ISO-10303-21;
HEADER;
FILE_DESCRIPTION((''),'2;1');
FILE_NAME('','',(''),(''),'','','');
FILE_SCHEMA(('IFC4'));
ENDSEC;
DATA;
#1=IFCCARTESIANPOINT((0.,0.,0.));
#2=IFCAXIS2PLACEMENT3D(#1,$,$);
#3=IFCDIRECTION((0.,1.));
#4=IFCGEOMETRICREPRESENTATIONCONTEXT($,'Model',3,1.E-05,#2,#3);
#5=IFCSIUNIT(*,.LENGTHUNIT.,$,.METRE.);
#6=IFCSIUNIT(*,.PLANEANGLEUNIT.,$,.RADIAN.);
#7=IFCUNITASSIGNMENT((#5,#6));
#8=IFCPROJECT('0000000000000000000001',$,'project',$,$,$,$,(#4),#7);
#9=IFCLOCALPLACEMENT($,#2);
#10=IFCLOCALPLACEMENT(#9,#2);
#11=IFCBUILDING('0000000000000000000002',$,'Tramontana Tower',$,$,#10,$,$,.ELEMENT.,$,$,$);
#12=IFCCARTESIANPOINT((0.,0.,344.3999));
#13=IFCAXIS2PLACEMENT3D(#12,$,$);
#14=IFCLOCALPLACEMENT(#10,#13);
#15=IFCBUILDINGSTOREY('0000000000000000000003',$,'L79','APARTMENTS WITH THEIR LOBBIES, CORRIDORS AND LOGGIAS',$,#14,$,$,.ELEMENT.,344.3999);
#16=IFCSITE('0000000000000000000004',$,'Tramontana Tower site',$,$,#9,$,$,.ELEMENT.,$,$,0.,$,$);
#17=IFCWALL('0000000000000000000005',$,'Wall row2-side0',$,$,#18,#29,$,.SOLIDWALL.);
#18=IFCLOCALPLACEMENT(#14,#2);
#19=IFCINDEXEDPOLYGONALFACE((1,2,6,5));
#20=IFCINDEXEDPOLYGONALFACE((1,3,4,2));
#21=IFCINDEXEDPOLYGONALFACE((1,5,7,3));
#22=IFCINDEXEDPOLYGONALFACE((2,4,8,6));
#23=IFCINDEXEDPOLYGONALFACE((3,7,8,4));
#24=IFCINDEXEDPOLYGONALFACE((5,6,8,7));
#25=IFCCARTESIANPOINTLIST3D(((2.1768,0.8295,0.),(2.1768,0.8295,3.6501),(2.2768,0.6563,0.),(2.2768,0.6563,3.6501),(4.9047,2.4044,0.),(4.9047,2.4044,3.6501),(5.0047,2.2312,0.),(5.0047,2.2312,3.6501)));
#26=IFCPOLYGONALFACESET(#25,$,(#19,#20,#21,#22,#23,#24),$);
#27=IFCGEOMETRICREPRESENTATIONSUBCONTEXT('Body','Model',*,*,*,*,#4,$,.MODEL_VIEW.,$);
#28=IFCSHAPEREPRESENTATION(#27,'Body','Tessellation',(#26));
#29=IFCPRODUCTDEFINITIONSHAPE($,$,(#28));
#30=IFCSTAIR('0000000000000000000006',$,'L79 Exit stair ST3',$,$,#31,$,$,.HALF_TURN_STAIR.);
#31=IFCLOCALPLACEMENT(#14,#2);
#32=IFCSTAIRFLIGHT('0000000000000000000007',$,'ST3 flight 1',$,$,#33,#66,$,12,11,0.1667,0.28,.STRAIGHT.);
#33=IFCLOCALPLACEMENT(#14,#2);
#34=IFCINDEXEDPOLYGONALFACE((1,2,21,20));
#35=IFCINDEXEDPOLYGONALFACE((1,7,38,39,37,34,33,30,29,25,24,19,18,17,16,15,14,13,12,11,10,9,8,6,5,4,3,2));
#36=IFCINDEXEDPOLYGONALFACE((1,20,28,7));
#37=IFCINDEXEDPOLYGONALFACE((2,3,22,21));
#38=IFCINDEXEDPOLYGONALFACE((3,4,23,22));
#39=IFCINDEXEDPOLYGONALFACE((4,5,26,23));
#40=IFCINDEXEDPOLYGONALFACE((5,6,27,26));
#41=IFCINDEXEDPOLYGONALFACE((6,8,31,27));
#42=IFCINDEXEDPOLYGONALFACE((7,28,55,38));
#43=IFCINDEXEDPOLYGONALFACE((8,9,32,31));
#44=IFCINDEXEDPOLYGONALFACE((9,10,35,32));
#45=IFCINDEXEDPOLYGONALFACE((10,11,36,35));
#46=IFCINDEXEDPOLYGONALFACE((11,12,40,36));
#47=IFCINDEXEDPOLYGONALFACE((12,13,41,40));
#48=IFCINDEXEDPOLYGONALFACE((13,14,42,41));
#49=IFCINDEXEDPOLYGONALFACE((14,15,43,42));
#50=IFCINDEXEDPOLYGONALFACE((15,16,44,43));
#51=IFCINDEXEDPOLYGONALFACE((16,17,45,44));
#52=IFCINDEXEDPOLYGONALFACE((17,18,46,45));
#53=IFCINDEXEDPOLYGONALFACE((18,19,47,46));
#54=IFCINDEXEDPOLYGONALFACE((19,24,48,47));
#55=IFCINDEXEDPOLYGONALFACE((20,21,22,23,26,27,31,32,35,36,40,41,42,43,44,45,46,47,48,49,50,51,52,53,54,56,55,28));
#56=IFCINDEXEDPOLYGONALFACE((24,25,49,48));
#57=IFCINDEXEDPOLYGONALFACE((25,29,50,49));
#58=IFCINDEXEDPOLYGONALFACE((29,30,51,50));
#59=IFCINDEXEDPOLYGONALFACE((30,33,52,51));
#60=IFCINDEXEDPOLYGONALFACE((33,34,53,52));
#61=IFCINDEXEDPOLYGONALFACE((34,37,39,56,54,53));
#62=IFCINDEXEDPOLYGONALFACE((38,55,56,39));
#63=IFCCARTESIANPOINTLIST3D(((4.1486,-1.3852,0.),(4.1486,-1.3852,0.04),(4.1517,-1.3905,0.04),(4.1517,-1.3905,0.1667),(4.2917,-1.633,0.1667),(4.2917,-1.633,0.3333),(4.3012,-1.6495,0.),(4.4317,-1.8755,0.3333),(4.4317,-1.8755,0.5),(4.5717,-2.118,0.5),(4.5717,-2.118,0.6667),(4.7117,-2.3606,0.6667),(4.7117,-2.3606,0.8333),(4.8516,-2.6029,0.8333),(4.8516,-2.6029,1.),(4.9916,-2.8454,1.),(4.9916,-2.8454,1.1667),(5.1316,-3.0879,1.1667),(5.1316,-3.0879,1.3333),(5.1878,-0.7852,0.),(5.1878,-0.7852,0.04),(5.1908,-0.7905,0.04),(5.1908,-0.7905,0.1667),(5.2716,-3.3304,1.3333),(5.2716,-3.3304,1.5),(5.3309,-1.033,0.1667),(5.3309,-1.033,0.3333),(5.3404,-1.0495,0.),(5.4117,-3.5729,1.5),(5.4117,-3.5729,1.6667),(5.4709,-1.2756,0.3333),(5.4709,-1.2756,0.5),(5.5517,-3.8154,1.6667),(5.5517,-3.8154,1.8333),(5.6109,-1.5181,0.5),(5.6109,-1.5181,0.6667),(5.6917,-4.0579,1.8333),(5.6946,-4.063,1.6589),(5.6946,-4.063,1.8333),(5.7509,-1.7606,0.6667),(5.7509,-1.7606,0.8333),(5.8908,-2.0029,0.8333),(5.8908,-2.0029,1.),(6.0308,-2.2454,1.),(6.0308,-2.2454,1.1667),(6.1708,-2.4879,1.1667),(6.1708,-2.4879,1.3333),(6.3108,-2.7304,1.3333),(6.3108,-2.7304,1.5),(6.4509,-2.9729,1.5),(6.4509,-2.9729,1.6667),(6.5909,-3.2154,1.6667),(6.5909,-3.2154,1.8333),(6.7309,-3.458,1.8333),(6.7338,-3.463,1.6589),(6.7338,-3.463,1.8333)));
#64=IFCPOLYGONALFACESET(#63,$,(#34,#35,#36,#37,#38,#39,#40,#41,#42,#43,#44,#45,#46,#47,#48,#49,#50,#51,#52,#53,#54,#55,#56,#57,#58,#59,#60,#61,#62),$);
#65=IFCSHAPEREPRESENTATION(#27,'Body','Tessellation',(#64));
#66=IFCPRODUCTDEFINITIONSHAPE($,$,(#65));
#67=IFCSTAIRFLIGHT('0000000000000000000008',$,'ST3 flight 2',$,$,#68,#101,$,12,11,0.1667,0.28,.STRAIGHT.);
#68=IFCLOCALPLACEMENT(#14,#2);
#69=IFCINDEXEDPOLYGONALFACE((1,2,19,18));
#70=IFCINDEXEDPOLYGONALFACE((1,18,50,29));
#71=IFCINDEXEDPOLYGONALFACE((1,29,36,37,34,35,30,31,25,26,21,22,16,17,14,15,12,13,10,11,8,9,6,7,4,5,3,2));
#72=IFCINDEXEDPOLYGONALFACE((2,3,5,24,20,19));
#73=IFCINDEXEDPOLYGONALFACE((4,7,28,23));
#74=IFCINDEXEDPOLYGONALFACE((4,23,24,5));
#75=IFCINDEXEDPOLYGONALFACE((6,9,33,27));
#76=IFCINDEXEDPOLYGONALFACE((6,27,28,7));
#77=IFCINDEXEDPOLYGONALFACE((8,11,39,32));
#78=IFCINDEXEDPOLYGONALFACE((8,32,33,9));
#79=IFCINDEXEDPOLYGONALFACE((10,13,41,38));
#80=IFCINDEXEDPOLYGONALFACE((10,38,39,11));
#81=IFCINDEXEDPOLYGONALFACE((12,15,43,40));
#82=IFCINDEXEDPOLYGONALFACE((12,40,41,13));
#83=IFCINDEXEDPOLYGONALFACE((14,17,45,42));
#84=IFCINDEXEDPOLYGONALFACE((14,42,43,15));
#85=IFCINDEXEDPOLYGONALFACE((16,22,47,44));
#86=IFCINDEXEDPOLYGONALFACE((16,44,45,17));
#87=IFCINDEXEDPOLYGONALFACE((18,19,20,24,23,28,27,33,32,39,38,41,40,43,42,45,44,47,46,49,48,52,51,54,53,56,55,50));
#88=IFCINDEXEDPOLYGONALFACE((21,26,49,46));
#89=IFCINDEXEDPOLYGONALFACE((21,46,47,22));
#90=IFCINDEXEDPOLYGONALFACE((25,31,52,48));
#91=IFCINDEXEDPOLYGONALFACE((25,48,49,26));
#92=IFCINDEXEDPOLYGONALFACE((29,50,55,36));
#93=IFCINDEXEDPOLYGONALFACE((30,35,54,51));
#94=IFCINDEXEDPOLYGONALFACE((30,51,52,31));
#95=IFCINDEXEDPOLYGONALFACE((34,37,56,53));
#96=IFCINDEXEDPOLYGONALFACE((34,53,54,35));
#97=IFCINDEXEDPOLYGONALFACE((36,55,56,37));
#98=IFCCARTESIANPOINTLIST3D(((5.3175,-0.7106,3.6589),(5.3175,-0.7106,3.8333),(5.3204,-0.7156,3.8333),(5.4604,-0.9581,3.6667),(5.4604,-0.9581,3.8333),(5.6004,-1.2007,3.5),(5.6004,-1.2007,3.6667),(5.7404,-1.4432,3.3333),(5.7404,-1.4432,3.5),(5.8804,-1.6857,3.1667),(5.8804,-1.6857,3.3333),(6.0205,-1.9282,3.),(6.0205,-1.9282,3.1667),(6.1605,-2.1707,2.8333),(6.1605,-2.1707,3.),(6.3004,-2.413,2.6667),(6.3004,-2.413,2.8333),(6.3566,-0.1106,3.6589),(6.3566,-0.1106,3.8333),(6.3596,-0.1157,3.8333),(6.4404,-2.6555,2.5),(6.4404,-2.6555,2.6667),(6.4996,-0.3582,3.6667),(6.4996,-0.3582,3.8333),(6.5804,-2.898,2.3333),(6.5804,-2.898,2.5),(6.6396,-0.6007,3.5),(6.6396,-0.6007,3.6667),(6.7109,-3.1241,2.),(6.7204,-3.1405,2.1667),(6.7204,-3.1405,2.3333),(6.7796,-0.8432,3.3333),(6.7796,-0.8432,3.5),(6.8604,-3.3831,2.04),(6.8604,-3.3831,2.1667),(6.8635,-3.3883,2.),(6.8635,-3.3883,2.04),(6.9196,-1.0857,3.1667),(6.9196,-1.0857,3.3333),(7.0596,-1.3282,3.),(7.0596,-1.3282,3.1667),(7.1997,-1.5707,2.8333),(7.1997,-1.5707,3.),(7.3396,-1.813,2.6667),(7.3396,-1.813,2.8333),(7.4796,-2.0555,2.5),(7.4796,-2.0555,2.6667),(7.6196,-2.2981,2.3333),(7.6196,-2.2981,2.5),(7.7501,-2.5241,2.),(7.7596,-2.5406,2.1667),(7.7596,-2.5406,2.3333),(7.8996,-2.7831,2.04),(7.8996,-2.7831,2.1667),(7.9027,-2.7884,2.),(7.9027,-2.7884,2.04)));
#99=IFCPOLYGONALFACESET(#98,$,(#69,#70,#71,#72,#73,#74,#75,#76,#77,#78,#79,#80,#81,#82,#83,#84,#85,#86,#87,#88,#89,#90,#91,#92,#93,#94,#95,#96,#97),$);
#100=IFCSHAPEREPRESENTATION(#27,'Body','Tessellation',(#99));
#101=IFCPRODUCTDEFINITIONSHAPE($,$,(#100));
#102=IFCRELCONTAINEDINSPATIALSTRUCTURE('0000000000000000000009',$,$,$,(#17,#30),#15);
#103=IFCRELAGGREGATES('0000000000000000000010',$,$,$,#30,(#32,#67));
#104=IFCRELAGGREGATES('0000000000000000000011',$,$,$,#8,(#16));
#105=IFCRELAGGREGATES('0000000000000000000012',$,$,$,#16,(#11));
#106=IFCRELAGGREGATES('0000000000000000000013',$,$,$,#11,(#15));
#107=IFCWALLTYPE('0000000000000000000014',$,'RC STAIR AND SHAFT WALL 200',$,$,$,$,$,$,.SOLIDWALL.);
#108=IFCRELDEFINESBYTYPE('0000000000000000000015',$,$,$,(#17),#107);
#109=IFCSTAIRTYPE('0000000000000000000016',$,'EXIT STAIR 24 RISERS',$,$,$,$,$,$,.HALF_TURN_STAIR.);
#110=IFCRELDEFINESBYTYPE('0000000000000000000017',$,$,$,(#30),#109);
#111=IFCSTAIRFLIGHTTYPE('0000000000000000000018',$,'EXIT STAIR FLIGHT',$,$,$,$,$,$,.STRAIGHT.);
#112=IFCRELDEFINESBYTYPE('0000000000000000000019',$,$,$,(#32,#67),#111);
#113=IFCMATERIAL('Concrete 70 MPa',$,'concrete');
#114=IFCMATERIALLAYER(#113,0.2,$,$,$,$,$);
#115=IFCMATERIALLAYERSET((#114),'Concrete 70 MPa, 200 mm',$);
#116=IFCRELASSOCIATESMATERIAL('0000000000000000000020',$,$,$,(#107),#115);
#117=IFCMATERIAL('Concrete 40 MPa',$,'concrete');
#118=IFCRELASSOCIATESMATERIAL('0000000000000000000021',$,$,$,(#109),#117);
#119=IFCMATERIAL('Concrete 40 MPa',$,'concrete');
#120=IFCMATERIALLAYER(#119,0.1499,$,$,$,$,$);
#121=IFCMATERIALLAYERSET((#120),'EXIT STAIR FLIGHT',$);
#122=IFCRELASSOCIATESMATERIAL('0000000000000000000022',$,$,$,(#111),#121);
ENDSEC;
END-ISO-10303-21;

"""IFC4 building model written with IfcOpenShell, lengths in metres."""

from ifc_helpers import new_model, si_unit, direction, frame, frame_2d, origin, place, context, subcontext, project, spatial, polyline, rectangle, outline, extrude, material, layer, layer_set, type_object, element, aggregate, save


model = new_model("IFC4")

# Units and contexts
model_context = context("Model", 3, precision=1e-05, world=origin(), true_north=direction((0.0, 1.0)))
body_context = subcontext(model_context, "Body", "Model", "MODEL_VIEW")
ifc_project = project(units=[si_unit("LENGTHUNIT", "METRE"), si_unit("PLANEANGLEUNIT", "RADIAN")], contexts=[model_context])

# Site, building, storey
site_placement = place(None, origin())
site = spatial("IfcSite", under=ifc_project, at=site_placement, Name="Tramontana Tower site", CompositionType="ELEMENT", RefElevation=0.0)
building_placement = place(site_placement, origin())
building = spatial("IfcBuilding", under=site, at=building_placement, Name="Tramontana Tower", CompositionType="ELEMENT")
storey_placement = place(building_placement, frame((0.0, 0.0, 344.3999)))
storey = spatial("IfcBuildingStorey", under=building, at=storey_placement, Name="L79", Description="APARTMENTS WITH THEIR LOBBIES, CORRIDORS AND LOGGIAS", CompositionType="ELEMENT", Elevation=344.3999)

# Shared definitions
ifc_material_1 = material(Name="Concrete 70 MPa", Category="concrete")
ifc_layer_1 = layer(ifc_material_1, 0.2)
ifc_layer_set_1 = layer_set([ifc_layer_1], Name="Concrete 70 MPa, 200 mm")
wall_type_1 = type_object("IfcWallType", Name="RC STAIR AND SHAFT WALL 200", PredefinedType="SOLIDWALL", material=ifc_layer_set_1)

# Wall
wall_1_placement = place(storey_placement, frame((2.2268, 0.7429, 0.0), z_axis=(0.0, 0.0, 1.0), x_axis=(0.866036, 0.499982, 0.0)))
element("IfcWall", 1, at=wall_1_placement, inside=storey, type_object=wall_type_1, Name="Wall row2-side0", PredefinedType="SOLIDWALL", context=body_context, shape_type="SweptSolid", body=[
    extrude(rectangle(XDim=3.1499, YDim=0.2, at=frame_2d((1.575, 0.0))), origin(), (0.0, 0.0, 1.0), 3.6501),
])

# Stair, stair flights
ifc_material_2 = material(Name="Concrete 40 MPa", Category="concrete")
stair_type = type_object("IfcStairType", Name="EXIT STAIR 24 RISERS", PredefinedType="HALF_TURN_STAIR", material=ifc_material_2)
stair_placement = place(storey_placement, origin())
stair = element("IfcStair", 2, at=stair_placement, inside=storey, type_object=stair_type, Name="L79 Exit stair ST3", PredefinedType="HALF_TURN_STAIR")
ifc_material_3 = material(Name="Concrete 40 MPa", Category="concrete")
ifc_layer_2 = layer(ifc_material_3, 0.1499)
ifc_layer_set_2 = layer_set([ifc_layer_2], Name="EXIT STAIR FLIGHT")
stair_flight_type = type_object("IfcStairFlightType", Name="EXIT STAIR FLIGHT", PredefinedType="STRAIGHT", material=ifc_layer_set_2)
stair_flight_1_placement = place(storey_placement, frame((4.6711, -1.0906, 0.0), z_axis=(0.0, 0.0, 1.0), x_axis=(0.5, -0.866025, 0.0)))
stair_flight_1 = element("IfcStairFlight", 3, at=stair_flight_1_placement, type_object=stair_flight_type, Name="ST3 flight 1", NumberOfRisers=12, NumberOfTreads=11, PredefinedType="STRAIGHT", RiserHeight=0.1667, TreadLength=0.28, context=body_context, shape_type="SweptSolid", body=[
    extrude(outline(polyline([(-0.0061, 0.0), (-0.0061, 0.04), (0.0, 0.04), (0.0, 0.1667), (0.28, 0.1667), (0.28, 0.3333), (0.5601, 0.3333), (0.5601, 0.5), (0.8401, 0.5), (0.8401, 0.6667), (1.1201, 0.6667), (1.1201, 0.8333), (1.3999, 0.8333), (1.3999, 1.0), (1.6799, 1.0), (1.6799, 1.1667), (1.96, 1.1667), (1.96, 1.3333), (2.24, 1.3333), (2.24, 1.5), (2.52, 1.5), (2.52, 1.6667), (2.8, 1.6667), (2.8, 1.8333), (3.0801, 1.8333), (3.0859, 1.8333), (3.0859, 1.6589), (0.2991, 0.0), (-0.0061, 0.0)])), frame((0.0, 0.6001, 0.0), z_axis=(0.0, -1.0, 0.0), x_axis=(1.0, 0.0, 0.0)), (0.0, 0.0, 1.0), 1.2),
])
stair_flight_2_placement = place(storey_placement, frame((7.3801, -3.083, 2.0), z_axis=(0.0, 0.0, 1.0), x_axis=(-0.5, 0.866025, 0.0)))
stair_flight_2 = element("IfcStairFlight", 4, at=stair_flight_2_placement, type_object=stair_flight_type, Name="ST3 flight 2", NumberOfRisers=12, NumberOfTreads=11, PredefinedType="STRAIGHT", RiserHeight=0.1667, TreadLength=0.28, context=body_context, shape_type="SweptSolid", body=[
    extrude(outline(polyline([(-0.0061, 0.0), (-0.0061, 0.04), (0.0, 0.04), (0.0, 0.1667), (0.28, 0.1667), (0.28, 0.3333), (0.5601, 0.3333), (0.5601, 0.5), (0.8401, 0.5), (0.8401, 0.6667), (1.1201, 0.6667), (1.1201, 0.8333), (1.3999, 0.8333), (1.3999, 1.0), (1.6799, 1.0), (1.6799, 1.1667), (1.96, 1.1667), (1.96, 1.3333), (2.24, 1.3333), (2.24, 1.5), (2.52, 1.5), (2.52, 1.6667), (2.8, 1.6667), (2.8, 1.8333), (3.0801, 1.8333), (3.0859, 1.8333), (3.0859, 1.6589), (0.2991, 0.0), (-0.0061, 0.0)])), frame((0.0, 0.6001, 0.0), z_axis=(0.0, -1.0, 0.0), x_axis=(1.0, 0.0, 0.0)), (0.0, 0.0, 1.0), 1.2),
])
aggregate(stair, [stair_flight_1, stair_flight_2])

save(model, "model.ifc")
